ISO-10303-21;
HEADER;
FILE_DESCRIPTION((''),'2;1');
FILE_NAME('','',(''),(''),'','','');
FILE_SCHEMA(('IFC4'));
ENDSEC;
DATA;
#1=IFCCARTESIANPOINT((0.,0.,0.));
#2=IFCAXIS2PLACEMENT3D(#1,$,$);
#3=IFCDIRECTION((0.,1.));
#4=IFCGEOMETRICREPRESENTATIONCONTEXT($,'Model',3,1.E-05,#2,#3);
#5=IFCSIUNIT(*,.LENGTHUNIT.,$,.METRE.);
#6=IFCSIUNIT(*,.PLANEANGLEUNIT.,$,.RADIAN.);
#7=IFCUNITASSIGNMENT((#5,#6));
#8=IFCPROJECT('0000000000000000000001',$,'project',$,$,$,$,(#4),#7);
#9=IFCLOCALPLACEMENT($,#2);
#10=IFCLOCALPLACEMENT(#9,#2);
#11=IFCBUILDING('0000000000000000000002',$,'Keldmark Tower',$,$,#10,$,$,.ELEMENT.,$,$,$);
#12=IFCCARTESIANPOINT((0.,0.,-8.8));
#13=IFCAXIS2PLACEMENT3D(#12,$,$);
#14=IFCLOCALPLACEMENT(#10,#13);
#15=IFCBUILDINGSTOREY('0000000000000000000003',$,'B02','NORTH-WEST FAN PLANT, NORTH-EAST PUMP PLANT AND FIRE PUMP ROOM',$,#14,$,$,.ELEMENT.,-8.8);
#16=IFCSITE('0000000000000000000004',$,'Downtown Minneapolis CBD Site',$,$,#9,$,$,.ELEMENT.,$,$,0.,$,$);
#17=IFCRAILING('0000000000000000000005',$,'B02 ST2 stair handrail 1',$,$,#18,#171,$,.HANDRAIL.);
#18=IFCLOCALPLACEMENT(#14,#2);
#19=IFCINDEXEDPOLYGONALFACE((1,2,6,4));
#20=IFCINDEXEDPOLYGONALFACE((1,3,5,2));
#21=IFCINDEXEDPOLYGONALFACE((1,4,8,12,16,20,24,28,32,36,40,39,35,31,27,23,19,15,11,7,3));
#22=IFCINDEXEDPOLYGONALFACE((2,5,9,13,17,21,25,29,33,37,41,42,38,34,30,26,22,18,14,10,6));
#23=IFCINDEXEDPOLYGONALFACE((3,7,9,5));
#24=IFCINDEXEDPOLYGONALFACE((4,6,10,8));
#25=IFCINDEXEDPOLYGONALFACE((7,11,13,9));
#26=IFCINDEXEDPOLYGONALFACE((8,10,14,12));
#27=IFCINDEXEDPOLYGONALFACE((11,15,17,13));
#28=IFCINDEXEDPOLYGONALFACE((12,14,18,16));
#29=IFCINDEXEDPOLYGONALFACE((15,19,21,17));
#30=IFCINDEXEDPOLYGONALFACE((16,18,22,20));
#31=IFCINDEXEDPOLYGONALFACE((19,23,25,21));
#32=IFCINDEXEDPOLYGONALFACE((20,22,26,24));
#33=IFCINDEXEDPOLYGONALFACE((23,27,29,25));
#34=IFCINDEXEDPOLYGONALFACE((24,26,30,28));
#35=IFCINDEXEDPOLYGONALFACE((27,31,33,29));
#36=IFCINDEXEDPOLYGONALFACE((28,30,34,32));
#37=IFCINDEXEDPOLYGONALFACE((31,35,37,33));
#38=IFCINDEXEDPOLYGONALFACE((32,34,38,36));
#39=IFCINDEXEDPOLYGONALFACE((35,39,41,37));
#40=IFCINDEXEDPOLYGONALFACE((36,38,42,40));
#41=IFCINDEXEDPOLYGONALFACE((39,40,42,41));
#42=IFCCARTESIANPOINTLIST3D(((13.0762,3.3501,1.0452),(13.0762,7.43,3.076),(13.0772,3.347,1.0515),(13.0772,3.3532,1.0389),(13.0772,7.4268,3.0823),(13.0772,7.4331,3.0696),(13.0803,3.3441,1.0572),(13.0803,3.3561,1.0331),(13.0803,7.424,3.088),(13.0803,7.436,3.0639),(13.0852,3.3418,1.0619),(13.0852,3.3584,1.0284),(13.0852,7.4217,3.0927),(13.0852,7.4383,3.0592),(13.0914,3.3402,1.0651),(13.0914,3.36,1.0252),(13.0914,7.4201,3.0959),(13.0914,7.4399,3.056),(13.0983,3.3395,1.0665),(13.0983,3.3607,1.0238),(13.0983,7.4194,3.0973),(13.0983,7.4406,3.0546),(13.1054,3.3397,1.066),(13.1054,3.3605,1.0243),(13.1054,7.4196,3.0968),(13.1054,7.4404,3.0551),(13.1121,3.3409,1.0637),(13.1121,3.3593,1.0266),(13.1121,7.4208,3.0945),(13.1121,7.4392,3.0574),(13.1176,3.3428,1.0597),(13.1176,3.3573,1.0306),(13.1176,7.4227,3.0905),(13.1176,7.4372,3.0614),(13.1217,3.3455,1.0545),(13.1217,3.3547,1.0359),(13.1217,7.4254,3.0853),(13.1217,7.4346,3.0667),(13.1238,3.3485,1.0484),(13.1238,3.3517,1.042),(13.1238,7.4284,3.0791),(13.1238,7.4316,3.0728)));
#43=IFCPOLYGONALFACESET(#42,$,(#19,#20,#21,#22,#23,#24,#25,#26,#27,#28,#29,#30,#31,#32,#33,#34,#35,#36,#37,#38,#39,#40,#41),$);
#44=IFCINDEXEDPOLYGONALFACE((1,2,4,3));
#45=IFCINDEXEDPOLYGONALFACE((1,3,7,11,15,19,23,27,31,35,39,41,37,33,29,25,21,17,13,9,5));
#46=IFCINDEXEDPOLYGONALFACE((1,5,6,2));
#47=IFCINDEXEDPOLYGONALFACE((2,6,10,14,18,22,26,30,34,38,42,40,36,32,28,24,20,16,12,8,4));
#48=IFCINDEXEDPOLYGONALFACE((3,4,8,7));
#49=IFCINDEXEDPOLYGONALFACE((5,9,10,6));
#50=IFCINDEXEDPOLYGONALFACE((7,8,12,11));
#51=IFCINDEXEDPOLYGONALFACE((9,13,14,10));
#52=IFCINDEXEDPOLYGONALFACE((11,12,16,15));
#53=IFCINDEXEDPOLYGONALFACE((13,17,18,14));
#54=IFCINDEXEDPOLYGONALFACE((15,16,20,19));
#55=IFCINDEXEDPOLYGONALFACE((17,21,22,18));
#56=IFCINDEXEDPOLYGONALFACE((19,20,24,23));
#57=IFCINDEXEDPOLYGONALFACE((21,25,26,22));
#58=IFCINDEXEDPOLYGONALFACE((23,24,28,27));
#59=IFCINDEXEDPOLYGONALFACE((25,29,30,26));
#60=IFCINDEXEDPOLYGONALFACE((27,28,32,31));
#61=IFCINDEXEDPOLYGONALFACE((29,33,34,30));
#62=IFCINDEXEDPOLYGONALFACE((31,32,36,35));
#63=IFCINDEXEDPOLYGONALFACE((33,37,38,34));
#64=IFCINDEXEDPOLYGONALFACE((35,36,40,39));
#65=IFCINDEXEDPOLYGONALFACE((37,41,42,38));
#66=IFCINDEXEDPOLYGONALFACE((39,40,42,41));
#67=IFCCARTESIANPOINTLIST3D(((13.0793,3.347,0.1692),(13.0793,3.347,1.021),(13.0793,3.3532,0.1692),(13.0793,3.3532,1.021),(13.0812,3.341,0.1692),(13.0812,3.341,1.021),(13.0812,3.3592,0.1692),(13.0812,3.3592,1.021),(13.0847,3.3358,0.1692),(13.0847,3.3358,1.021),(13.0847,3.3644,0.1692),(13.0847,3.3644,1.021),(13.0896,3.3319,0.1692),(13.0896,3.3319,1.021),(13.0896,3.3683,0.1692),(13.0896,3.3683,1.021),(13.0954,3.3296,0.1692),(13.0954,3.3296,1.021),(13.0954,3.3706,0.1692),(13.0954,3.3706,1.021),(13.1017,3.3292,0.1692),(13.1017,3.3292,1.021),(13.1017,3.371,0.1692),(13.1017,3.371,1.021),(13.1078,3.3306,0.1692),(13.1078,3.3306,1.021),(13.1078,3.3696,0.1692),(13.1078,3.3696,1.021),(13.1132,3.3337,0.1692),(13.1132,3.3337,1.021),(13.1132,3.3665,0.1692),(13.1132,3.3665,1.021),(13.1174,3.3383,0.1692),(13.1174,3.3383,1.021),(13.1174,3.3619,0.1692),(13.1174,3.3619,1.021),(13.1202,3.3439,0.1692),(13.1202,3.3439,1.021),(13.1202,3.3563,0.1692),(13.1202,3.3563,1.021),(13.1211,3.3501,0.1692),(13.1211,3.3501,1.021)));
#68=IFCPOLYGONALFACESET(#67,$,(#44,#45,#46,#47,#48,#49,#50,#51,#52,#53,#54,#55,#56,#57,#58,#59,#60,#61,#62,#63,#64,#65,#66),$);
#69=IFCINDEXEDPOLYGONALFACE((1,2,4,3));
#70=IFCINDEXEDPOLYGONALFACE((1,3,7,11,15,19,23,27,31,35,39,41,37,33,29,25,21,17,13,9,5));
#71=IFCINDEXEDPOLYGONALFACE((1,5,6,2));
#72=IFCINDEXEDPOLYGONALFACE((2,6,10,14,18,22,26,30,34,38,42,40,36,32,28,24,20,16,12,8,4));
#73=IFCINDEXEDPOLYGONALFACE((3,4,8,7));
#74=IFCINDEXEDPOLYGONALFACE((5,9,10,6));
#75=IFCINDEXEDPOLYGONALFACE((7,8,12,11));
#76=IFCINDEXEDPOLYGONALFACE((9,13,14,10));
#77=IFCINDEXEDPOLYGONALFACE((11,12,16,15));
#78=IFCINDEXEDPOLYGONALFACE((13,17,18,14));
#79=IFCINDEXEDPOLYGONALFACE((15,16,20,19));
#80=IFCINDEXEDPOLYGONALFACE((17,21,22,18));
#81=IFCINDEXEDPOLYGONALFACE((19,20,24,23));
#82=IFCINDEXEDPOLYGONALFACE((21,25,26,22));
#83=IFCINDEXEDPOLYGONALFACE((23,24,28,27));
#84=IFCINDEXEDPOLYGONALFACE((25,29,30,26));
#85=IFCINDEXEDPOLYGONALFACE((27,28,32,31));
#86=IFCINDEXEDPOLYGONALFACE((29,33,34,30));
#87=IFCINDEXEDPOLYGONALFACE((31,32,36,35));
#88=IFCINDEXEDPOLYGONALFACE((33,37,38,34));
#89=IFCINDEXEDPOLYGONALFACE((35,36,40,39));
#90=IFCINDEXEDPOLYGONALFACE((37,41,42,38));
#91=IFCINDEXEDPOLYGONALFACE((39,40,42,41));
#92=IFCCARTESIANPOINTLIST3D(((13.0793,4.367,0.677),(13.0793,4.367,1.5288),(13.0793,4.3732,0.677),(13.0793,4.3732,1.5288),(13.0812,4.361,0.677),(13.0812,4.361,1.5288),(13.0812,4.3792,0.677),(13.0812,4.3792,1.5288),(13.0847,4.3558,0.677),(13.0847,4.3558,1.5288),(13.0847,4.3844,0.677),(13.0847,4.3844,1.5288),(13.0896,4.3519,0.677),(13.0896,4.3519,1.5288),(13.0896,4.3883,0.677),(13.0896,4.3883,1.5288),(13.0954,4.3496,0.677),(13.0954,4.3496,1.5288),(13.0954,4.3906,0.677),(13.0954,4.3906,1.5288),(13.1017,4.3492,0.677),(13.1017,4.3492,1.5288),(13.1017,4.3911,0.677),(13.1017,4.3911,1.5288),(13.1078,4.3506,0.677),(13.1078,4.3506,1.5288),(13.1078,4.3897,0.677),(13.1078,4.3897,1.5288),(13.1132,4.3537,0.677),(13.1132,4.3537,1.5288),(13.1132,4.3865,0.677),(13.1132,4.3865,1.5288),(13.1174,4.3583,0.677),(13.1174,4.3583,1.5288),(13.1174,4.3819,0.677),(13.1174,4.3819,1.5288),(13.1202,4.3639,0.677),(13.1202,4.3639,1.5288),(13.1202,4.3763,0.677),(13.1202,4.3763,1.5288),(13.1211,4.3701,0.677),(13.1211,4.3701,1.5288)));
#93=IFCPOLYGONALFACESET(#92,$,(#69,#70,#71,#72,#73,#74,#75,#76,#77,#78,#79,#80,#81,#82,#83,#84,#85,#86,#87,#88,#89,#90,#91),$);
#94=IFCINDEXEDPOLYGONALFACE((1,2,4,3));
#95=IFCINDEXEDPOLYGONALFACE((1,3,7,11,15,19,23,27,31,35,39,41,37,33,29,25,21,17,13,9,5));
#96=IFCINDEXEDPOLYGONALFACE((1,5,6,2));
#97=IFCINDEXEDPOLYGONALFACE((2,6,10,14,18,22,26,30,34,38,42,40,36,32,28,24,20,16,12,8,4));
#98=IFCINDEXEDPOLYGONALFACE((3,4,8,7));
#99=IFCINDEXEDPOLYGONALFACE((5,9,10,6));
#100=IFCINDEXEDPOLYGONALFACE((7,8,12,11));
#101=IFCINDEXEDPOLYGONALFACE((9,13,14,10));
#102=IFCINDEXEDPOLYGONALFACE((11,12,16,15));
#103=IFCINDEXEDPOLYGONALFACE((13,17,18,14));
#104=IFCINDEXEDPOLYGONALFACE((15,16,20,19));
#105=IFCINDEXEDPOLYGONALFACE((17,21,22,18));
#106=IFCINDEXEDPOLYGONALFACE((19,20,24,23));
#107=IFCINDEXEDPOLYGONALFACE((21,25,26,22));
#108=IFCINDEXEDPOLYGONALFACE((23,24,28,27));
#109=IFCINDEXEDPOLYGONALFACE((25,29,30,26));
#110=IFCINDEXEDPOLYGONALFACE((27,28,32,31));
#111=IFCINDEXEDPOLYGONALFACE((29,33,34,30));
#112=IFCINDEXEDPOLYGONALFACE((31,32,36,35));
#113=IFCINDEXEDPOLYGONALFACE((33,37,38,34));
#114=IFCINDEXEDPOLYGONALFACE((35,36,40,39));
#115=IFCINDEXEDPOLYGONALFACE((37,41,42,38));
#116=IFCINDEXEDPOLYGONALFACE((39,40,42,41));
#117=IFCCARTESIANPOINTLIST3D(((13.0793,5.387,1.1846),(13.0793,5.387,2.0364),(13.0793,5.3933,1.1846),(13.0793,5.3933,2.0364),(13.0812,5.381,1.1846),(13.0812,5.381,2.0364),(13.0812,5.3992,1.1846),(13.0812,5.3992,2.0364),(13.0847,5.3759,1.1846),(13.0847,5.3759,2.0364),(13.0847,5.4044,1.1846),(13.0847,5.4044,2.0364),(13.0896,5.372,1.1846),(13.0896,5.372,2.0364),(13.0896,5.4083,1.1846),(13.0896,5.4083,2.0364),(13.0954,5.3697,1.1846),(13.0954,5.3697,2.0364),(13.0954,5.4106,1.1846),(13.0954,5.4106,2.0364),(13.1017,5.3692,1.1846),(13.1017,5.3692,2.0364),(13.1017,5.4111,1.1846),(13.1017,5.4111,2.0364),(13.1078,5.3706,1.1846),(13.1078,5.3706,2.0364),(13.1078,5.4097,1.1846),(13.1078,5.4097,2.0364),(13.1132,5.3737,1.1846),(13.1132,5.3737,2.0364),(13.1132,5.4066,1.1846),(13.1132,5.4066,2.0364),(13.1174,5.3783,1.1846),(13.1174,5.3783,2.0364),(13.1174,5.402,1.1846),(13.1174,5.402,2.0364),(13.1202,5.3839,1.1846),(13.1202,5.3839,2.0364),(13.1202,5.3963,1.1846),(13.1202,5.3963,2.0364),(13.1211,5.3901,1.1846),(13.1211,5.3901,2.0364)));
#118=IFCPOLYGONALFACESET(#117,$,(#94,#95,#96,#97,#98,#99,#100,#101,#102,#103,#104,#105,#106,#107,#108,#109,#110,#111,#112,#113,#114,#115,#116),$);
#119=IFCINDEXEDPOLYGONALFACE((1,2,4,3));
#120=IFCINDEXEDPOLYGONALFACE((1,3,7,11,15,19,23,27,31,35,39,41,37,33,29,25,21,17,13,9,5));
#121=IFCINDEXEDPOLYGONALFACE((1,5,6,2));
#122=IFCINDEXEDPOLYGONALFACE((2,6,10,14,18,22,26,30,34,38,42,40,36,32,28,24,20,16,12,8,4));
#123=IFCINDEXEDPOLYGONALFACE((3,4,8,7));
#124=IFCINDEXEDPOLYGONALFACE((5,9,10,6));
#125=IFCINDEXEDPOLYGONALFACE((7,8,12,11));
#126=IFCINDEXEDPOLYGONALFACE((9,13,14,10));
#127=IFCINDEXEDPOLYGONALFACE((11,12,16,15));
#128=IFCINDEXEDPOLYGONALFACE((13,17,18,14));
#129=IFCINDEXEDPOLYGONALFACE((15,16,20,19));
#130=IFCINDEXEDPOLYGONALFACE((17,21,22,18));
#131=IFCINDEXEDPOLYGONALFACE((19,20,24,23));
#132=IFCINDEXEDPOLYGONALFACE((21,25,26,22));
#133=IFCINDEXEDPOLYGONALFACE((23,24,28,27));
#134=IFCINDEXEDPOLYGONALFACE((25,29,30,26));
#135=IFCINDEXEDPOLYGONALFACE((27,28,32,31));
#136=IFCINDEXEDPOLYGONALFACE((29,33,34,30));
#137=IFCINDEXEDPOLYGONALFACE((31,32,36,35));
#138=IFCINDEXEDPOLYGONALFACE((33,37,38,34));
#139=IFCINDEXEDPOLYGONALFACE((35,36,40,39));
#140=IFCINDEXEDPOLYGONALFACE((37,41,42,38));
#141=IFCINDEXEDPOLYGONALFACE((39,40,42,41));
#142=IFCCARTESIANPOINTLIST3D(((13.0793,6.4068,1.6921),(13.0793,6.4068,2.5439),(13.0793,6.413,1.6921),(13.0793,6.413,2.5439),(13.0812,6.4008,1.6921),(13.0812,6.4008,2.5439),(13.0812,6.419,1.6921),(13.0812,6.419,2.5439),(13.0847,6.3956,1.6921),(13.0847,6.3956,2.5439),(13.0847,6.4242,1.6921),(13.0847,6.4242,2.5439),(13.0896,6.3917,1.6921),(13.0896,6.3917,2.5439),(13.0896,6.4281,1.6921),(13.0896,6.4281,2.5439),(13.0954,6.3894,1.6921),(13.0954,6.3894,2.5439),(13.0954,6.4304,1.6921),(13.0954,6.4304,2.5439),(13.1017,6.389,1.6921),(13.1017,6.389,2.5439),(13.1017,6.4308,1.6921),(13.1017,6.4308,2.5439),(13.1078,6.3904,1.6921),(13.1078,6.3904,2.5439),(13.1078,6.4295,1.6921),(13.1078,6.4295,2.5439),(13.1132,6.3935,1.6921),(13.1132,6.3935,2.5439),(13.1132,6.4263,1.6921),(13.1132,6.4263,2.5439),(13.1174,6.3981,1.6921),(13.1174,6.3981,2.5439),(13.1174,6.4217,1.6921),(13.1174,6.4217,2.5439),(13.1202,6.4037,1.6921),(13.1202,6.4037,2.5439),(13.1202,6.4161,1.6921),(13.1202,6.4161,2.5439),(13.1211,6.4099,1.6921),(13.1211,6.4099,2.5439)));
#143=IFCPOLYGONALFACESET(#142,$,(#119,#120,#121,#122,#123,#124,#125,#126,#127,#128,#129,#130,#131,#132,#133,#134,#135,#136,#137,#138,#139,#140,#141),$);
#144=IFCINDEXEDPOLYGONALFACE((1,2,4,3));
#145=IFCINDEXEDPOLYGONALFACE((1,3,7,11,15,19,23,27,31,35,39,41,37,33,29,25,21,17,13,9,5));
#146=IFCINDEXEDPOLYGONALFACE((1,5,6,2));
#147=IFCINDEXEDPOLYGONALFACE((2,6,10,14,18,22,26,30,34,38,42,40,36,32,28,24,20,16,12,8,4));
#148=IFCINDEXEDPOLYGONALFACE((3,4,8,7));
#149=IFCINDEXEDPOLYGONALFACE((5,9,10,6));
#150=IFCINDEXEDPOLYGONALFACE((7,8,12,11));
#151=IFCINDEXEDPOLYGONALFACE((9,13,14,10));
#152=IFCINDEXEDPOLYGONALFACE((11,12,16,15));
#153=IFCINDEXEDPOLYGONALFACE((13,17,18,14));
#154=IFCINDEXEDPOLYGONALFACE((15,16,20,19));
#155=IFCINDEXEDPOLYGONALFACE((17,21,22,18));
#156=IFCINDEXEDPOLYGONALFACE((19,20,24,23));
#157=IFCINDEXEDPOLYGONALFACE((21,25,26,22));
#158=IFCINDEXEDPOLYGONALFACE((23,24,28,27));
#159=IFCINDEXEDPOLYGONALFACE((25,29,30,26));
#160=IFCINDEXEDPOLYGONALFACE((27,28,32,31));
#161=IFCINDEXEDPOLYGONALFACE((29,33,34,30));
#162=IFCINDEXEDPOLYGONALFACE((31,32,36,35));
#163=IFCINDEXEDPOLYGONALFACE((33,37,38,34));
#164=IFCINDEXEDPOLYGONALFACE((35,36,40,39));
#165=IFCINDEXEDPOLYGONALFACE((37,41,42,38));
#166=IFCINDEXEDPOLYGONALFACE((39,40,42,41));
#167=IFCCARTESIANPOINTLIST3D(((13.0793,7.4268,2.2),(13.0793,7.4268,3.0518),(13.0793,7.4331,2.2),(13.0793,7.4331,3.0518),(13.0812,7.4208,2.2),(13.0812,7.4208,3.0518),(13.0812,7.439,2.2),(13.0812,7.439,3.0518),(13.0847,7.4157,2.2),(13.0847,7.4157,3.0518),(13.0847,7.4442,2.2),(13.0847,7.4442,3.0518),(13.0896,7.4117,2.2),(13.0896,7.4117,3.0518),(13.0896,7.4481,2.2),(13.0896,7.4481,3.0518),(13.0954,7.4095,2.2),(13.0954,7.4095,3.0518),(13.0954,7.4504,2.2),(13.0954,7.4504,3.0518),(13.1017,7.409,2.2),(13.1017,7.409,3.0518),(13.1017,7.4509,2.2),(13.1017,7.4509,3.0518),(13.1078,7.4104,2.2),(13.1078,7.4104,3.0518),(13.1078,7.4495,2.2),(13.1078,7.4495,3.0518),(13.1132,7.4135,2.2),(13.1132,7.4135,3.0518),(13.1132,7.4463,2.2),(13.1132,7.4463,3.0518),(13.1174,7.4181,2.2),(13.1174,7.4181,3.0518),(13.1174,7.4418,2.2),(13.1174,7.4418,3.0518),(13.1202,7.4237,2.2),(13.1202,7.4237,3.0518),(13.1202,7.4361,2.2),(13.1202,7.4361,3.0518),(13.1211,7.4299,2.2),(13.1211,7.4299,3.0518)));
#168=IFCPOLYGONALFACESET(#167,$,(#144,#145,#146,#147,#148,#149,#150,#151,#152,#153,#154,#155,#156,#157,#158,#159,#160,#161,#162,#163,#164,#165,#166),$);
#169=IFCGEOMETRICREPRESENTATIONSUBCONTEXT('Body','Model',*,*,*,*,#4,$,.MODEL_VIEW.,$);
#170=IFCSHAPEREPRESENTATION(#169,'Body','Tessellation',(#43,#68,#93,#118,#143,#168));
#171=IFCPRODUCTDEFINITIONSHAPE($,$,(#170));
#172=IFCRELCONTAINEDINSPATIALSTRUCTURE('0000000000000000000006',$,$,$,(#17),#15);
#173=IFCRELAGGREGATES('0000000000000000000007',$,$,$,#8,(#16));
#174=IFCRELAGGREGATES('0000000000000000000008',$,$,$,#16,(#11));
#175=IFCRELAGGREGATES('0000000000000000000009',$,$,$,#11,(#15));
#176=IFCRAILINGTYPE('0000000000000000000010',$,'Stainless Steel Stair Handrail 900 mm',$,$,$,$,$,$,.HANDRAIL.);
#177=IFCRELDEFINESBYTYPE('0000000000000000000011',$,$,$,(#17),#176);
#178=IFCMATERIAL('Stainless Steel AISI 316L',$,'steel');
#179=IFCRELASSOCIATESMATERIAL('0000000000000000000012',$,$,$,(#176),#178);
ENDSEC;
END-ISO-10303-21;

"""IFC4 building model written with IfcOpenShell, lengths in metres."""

from ifc_helpers import new_model, si_unit, direction, frame, origin, origin_2d, place, context, subcontext, project, spatial, circle, extrude, material, type_object, element, save


model = new_model("IFC4")

# Units and contexts
model_context = context("Model", 3, precision=1e-05, world=origin(), true_north=direction((0.0, 1.0)))
body_context = subcontext(model_context, "Body", "Model", "MODEL_VIEW")
ifc_project = project(units=[si_unit("LENGTHUNIT", "METRE"), si_unit("PLANEANGLEUNIT", "RADIAN")], contexts=[model_context])

# Site, building, storey
site_placement = place(None, origin())
site = spatial("IfcSite", under=ifc_project, at=site_placement, Name="Downtown Minneapolis CBD Site", CompositionType="ELEMENT", RefElevation=0.0)
building_placement = place(site_placement, origin())
building = spatial("IfcBuilding", under=site, at=building_placement, Name="Keldmark Tower", CompositionType="ELEMENT")
storey_placement = place(building_placement, frame((0.0, 0.0, -8.8)))
storey = spatial("IfcBuildingStorey", under=building, at=storey_placement, Name="B02", Description="NORTH-WEST FAN PLANT, NORTH-EAST PUMP PLANT AND FIRE PUMP ROOM", CompositionType="ELEMENT", Elevation=-8.8)

# Railing
ifc_material_1 = material(Name="Stainless Steel AISI 316L", Category="steel")
railing_type_1 = type_object("IfcRailingType", Name="Stainless Steel Stair Handrail 900 mm", PredefinedType="HANDRAIL", material=ifc_material_1)
railing_1_placement = place(storey_placement, frame((13.1001, 3.3501, 0.1692)))
element("IfcRailing", 1, at=railing_1_placement, inside=storey, type_object=railing_type_1, Name="B02 ST2 stair handrail 1", PredefinedType="HANDRAIL", context=body_context, shape_type="SweptSolid", body=[
    extrude(circle(Radius=0.0239, at=origin_2d()), frame((0.0, 0.0, 0.876), z_axis=(0.0, 0.895229, 0.445606), x_axis=(-1.0, 0.0, 0.0)), (0.0, 0.0, 1.0), 4.5574),
    extrude(circle(Radius=0.021, at=origin_2d()), origin(), (0.0, 0.0, 1.0), 0.8518),
    extrude(circle(Radius=0.021, at=origin_2d()), frame((0.0, 1.02, 0.5078)), (0.0, 0.0, 1.0), 0.8518),
    extrude(circle(Radius=0.021, at=origin_2d()), frame((0.0, 2.04, 1.0154)), (0.0, 0.0, 1.0), 0.8518),
    extrude(circle(Radius=0.021, at=origin_2d()), frame((0.0, 3.0598, 1.5229)), (0.0, 0.0, 1.0), 0.8518),
    extrude(circle(Radius=0.021, at=origin_2d()), frame((0.0, 4.0798, 2.0308)), (0.0, 0.0, 1.0), 0.8518),
])

save(model, "model.ifc")
